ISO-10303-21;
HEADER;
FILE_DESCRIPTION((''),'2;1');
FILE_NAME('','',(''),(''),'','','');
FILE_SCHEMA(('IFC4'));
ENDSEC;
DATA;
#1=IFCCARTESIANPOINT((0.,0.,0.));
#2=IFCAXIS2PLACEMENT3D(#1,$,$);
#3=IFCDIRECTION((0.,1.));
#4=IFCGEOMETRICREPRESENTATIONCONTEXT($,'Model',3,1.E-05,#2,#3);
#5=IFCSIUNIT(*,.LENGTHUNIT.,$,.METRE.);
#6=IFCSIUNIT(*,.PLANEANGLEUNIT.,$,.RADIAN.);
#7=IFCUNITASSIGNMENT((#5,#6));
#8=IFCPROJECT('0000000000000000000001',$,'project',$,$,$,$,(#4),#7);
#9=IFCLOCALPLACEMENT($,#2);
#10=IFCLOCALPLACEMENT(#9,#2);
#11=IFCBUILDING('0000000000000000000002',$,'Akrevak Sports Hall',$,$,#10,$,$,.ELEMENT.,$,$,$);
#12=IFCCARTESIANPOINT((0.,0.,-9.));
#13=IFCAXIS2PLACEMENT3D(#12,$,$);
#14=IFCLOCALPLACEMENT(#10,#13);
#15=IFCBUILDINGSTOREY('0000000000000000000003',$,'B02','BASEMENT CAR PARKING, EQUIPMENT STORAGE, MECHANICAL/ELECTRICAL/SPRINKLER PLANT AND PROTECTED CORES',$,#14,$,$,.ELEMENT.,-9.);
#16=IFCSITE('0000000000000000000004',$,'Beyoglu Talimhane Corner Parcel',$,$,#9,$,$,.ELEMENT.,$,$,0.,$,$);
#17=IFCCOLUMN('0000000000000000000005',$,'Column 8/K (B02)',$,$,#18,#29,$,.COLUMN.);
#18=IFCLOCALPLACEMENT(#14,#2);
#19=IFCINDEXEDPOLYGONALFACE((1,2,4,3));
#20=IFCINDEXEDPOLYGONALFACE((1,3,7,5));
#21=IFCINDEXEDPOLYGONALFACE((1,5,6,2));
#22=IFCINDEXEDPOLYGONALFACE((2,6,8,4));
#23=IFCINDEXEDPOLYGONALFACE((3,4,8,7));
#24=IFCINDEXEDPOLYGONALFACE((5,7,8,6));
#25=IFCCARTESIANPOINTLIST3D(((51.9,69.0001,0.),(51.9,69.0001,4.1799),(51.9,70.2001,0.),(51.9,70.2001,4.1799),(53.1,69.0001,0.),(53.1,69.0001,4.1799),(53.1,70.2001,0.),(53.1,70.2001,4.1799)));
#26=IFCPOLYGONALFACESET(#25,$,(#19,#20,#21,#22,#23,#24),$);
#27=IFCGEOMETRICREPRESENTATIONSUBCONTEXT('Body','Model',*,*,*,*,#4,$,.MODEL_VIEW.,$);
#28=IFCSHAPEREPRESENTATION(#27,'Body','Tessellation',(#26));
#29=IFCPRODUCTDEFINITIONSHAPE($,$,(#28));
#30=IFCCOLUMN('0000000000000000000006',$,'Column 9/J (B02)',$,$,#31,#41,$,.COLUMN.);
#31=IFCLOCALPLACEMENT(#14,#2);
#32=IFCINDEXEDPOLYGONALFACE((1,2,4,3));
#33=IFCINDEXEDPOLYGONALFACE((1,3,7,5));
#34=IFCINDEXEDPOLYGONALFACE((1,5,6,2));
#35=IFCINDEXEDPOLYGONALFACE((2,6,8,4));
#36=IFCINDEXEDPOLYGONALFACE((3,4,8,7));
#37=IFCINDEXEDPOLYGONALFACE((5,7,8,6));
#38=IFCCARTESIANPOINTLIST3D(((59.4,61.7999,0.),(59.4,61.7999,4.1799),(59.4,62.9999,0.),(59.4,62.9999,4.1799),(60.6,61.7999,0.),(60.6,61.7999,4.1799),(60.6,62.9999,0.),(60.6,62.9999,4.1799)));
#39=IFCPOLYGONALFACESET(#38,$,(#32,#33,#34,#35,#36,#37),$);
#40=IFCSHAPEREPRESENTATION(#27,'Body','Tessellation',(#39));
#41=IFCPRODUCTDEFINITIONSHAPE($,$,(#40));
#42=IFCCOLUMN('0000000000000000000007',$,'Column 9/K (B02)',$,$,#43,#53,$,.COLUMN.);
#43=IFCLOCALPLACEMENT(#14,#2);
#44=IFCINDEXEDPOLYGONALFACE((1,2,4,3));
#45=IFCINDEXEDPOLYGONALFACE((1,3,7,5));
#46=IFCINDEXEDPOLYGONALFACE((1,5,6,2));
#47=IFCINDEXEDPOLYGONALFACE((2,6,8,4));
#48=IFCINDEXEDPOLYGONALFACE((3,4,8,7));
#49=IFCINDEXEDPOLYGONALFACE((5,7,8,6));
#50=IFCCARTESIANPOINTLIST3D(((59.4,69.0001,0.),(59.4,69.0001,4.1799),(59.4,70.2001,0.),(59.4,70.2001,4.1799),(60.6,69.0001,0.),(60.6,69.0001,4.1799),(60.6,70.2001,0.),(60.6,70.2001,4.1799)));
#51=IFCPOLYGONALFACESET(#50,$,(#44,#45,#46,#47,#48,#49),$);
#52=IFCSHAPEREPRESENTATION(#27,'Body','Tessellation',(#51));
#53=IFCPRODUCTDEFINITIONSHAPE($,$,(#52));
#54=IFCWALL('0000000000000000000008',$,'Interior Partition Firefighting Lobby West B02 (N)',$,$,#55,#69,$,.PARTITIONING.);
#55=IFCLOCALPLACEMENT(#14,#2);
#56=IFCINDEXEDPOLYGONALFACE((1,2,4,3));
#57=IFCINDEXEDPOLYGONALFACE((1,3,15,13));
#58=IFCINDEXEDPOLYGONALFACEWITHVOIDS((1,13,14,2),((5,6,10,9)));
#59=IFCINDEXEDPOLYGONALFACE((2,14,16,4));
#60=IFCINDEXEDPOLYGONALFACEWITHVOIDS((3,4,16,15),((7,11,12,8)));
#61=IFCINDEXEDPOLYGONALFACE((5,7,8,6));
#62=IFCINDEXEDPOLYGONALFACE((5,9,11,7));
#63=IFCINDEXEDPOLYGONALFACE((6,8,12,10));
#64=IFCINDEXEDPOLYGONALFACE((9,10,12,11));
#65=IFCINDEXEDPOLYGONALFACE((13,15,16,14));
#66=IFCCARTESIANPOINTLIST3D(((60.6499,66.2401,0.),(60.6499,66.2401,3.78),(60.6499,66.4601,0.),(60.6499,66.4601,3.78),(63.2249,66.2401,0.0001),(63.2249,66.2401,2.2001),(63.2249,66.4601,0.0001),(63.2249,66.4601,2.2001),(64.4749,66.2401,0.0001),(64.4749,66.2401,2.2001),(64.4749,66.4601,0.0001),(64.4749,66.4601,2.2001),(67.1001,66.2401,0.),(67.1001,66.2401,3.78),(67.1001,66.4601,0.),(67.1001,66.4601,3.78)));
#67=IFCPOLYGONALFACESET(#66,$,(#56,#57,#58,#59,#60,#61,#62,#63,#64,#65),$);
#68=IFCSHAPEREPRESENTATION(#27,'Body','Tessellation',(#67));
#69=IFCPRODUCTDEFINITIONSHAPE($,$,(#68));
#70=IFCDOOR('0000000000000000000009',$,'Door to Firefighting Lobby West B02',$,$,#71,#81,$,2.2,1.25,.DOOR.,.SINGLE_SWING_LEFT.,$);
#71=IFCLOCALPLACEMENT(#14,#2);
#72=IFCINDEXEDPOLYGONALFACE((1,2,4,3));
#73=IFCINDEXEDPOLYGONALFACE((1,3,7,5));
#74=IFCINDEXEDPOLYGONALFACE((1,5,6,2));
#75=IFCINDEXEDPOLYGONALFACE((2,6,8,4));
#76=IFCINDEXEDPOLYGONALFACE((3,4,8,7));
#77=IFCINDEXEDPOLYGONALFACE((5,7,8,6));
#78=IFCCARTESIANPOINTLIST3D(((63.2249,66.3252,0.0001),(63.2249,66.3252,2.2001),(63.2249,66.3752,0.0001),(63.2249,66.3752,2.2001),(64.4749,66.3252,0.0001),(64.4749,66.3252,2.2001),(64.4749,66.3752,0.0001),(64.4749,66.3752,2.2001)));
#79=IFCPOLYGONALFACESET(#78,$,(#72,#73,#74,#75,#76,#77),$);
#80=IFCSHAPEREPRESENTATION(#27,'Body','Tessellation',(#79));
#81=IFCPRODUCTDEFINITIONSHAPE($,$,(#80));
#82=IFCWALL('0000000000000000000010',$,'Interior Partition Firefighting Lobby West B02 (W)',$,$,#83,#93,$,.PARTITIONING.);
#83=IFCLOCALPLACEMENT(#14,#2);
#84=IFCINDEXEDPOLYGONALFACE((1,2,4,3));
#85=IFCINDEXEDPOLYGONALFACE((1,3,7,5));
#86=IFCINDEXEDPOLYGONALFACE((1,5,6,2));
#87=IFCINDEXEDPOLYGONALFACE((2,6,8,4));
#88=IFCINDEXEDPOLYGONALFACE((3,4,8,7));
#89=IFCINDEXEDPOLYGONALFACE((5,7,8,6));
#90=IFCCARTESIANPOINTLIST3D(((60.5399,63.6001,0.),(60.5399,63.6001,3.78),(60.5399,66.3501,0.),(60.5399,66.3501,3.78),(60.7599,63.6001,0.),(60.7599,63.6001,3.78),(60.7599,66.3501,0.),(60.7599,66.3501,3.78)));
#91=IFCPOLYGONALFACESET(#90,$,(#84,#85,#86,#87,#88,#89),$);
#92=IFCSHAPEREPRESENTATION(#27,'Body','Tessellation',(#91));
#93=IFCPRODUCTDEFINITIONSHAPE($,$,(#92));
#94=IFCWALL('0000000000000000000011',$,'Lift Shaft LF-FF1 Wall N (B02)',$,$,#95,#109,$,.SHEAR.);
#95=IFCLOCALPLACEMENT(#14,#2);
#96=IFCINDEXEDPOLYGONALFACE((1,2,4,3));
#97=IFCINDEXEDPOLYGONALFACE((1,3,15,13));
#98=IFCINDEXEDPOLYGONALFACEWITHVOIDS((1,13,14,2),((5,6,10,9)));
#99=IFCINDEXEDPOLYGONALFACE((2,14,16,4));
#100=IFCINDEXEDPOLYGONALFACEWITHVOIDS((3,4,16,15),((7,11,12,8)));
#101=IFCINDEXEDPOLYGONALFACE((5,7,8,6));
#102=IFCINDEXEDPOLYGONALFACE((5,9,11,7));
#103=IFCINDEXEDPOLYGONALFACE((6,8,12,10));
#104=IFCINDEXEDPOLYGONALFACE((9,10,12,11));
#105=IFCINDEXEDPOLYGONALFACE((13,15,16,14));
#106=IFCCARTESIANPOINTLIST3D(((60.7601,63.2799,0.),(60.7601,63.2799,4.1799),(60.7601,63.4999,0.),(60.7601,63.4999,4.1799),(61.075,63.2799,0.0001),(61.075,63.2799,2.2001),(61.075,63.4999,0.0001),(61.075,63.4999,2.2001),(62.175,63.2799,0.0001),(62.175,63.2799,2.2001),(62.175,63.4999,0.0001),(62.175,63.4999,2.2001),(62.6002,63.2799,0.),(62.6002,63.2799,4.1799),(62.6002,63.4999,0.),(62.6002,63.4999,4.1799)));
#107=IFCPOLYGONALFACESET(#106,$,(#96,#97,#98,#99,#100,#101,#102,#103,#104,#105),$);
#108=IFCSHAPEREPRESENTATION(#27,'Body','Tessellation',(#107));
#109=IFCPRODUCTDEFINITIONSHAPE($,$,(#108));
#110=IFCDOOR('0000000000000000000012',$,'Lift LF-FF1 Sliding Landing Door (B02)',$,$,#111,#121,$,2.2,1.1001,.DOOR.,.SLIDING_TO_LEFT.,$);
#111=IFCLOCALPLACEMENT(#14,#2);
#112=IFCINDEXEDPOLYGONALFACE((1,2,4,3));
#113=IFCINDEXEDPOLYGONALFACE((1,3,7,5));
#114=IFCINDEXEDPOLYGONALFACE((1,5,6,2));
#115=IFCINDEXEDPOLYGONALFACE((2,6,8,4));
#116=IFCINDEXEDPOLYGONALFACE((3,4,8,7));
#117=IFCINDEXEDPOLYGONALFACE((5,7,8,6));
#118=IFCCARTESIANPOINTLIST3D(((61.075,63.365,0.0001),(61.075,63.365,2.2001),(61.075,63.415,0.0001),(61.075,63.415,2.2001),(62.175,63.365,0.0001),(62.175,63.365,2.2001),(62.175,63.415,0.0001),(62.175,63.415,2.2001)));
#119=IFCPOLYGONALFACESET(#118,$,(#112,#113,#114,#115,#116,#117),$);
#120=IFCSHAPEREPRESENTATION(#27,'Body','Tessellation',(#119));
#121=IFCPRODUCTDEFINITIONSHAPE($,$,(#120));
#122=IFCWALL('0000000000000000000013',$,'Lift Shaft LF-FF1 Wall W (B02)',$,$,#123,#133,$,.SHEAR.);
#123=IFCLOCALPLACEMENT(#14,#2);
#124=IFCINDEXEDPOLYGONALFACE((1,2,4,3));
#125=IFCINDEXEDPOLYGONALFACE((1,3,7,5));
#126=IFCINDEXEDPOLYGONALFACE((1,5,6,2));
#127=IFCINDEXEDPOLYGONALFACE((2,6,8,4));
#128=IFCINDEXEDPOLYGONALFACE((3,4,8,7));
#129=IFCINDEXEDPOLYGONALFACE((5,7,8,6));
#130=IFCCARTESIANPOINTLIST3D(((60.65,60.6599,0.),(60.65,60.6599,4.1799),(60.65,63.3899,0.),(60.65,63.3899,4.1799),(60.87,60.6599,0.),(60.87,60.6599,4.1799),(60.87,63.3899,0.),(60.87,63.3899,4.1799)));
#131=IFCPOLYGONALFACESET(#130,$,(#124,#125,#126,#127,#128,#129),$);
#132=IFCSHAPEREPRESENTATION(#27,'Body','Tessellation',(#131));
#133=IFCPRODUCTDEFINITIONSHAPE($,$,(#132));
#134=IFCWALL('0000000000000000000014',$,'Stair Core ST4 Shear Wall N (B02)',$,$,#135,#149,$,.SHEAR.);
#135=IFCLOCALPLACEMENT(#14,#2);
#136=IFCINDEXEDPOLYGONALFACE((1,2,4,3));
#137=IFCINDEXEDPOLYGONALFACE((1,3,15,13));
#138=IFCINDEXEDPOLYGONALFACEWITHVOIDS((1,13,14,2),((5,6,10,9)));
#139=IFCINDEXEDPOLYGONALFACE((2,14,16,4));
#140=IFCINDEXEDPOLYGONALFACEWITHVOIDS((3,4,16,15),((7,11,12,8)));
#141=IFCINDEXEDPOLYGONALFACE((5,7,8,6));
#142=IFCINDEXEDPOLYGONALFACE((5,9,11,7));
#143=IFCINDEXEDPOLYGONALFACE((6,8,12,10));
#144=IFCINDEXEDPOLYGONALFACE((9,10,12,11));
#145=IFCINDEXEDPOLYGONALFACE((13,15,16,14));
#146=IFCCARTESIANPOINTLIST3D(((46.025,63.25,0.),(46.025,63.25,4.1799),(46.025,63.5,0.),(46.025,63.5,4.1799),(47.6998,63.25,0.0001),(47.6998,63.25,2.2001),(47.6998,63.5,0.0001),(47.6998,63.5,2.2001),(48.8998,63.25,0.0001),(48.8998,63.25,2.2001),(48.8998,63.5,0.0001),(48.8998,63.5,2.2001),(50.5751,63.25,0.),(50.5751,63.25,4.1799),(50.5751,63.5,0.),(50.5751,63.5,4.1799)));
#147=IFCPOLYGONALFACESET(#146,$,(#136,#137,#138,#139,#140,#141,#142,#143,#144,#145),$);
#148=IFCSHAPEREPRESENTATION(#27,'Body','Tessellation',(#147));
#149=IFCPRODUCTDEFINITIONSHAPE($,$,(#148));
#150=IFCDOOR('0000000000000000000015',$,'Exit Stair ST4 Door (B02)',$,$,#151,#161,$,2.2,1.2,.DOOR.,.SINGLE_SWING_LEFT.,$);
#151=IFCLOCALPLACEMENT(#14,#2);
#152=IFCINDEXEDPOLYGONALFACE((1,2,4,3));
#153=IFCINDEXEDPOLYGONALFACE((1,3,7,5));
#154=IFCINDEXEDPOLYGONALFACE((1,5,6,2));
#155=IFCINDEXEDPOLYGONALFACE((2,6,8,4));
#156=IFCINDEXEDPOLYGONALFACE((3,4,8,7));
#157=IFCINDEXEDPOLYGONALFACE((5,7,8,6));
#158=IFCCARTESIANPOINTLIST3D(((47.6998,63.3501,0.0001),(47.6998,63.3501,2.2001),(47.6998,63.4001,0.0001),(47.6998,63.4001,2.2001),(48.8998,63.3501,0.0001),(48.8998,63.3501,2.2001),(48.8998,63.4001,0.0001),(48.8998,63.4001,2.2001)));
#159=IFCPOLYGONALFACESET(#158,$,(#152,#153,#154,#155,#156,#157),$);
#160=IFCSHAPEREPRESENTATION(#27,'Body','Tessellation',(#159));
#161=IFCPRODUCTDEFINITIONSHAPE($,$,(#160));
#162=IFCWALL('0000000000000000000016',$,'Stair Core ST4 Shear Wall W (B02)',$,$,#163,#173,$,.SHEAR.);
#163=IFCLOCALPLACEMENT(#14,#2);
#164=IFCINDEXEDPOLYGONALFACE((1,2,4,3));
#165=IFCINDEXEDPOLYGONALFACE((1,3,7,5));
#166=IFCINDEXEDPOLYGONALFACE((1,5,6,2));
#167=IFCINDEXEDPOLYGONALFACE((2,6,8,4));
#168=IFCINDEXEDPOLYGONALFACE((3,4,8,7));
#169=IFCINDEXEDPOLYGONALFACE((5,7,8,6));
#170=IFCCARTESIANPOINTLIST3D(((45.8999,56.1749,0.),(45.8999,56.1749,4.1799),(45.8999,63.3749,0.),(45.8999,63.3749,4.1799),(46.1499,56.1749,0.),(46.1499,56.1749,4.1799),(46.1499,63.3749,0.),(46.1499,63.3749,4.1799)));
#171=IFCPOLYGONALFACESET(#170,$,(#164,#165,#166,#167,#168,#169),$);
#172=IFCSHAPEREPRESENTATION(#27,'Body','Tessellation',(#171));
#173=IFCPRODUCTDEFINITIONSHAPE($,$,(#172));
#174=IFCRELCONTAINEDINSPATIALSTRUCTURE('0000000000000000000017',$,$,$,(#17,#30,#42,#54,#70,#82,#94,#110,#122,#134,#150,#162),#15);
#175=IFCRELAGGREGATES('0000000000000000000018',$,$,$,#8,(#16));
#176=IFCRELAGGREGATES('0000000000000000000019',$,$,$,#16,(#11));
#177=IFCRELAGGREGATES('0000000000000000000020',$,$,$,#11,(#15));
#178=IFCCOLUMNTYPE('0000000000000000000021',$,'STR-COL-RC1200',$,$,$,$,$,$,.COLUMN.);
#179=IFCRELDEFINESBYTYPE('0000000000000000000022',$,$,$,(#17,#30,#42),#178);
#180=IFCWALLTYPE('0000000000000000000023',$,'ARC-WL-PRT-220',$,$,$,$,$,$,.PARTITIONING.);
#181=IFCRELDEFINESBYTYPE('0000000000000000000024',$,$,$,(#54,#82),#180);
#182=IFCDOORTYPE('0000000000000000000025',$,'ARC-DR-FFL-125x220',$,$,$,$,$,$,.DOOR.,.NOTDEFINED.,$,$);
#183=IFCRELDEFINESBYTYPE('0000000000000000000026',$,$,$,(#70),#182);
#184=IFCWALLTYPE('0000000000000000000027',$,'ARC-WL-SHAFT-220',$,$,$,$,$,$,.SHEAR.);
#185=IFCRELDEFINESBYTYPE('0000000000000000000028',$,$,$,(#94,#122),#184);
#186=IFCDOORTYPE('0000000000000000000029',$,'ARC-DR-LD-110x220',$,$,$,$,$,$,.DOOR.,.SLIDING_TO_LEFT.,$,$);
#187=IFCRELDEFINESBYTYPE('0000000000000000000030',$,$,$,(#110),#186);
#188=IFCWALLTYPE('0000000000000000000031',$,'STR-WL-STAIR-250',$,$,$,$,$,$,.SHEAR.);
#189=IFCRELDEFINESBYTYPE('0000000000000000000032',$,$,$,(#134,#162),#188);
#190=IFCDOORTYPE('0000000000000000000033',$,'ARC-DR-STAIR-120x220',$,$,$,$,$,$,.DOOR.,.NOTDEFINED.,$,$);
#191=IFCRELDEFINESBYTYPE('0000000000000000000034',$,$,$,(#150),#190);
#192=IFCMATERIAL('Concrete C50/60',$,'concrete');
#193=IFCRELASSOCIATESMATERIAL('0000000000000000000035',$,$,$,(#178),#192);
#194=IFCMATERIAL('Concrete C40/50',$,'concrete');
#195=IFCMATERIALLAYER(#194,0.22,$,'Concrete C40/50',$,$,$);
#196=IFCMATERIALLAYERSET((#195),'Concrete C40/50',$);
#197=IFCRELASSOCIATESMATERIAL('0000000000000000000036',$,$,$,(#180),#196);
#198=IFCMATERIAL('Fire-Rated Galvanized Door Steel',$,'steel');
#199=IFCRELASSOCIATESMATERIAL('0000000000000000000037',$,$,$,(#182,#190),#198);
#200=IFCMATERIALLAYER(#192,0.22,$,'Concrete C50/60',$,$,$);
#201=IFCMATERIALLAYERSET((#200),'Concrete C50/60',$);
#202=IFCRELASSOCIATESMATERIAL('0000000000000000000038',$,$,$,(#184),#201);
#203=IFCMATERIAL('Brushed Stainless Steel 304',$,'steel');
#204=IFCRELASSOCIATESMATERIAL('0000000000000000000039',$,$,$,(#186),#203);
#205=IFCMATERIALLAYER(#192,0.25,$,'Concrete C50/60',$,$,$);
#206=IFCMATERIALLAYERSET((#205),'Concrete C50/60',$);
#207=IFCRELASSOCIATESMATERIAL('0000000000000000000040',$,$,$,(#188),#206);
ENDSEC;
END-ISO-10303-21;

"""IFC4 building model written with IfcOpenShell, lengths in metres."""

from ifc_helpers import new_model, si_unit, direction, frame, frame_2d, origin, origin_2d, place, context, subcontext, project, spatial, rectangle, extrude, material, layer, layer_set, material_profile, profile_set, type_object, element, fill, save


model = new_model("IFC4")

# Units and contexts
model_context = context("Model", 3, precision=1e-05, world=origin(), true_north=direction((0.0, 1.0)))
body_context = subcontext(model_context, "Body", "Model", "MODEL_VIEW")
ifc_project = project(units=[si_unit("LENGTHUNIT", "METRE"), si_unit("PLANEANGLEUNIT", "RADIAN")], contexts=[model_context])

# Site, building, storey
site_placement = place(None, origin())
site = spatial("IfcSite", under=ifc_project, at=site_placement, Name="Beyoglu Talimhane Corner Parcel", CompositionType="ELEMENT", RefElevation=0.0)
building_placement = place(site_placement, origin())
building = spatial("IfcBuilding", under=site, at=building_placement, Name="Akrevak Sports Hall", CompositionType="ELEMENT")
storey_placement = place(building_placement, frame((0.0, 0.0, -9.0)))
storey = spatial("IfcBuildingStorey", under=building, at=storey_placement, Name="B02", Description="BASEMENT CAR PARKING, EQUIPMENT STORAGE, MECHANICAL/ELECTRICAL/SPRINKLER PLANT AND PROTECTED CORES", CompositionType="ELEMENT", Elevation=-9.0)

# Shared definitions
ifc_material_1 = material(Name="Concrete C40/50", Category="concrete")

# Columns
ifc_material_2 = material(Name="Concrete C50/60", Category="concrete")
ifc_material_profile_1 = material_profile(ifc_material_2, rectangle(XDim=1.2, YDim=1.2, at=origin_2d()), Name="RC 1200x1200", Category="concrete")
ifc_profile_set_1 = profile_set([ifc_material_profile_1], Name="Concrete C50/60")
column_type = type_object("IfcColumnType", Name="STR-COL-RC1200", PredefinedType="COLUMN", material=ifc_profile_set_1)
for number, where, z_axis, x_axis, name in (
    (1, (52.5, 69.6001, 0.0), (0.0, 0.0, 1.0), (1.0, 0.0, 0.0), "Column 8/K (B02)"),
    (2, (60.0, 62.3999, 0.0), (0.0, 0.0, 1.0), (1.0, 0.0, 0.0), "Column 9/J (B02)"),
    (3, (60.0, 69.6001, 0.0), (0.0, 0.0, 1.0), (1.0, 0.0, 0.0), "Column 9/K (B02)"),
):
    element("IfcColumn", number, at=place(storey_placement, frame(where, z_axis=z_axis, x_axis=x_axis)), inside=storey, type_object=column_type, Name=name, PredefinedType="COLUMN", context=body_context, shape_type="SweptSolid", body=[
        extrude(rectangle(XDim=1.2, YDim=1.2, at=origin_2d()), origin(), (0.0, 0.0, 1.0), 4.1799),
    ])

# Wall, opening, door
ifc_layer_1 = layer(ifc_material_1, 0.22, Name="Concrete C40/50")
ifc_layer_set_1 = layer_set([ifc_layer_1], Name="Concrete C40/50")
wall_type_1 = type_object("IfcWallType", Name="ARC-WL-PRT-220", PredefinedType="PARTITIONING", material=ifc_layer_set_1)
wall_1_placement = place(storey_placement, frame((60.6499, 66.3501, 0.0), z_axis=(0.0, 0.0, 1.0), x_axis=(1.0, 0.0, 0.0)))
wall_1 = element("IfcWall", 4, at=wall_1_placement, inside=storey, type_object=wall_type_1, Name="Interior Partition Firefighting Lobby West B02 (N)", PredefinedType="PARTITIONING", context=body_context, shape_type="SweptSolid", body=[
    extrude(rectangle(XDim=6.4502, YDim=0.22, at=frame_2d((3.2251, 0.0))), origin(), (0.0, 0.0, 1.0), 3.78),
])
opening_1_placement = place(wall_1_placement, frame((2.575, 0.0, 0.0)))
opening_1 = element("IfcOpeningElement", 5, at=opening_1_placement, cuts=wall_1, PredefinedType="OPENING", context=body_context, shape_type="SweptSolid", body=[
    extrude(rectangle(XDim=1.25, YDim=2.2, at=frame_2d((0.625, 1.1001))), frame((0.0, 0.1221, 0.0), z_axis=(0.0, -1.0, 0.0), x_axis=(1.0, 0.0, 0.0)), (0.0, 0.0, 1.0), 0.2439),
])
ifc_material_3 = material(Name="Fire-Rated Galvanized Door Steel", Category="steel")
door_type_1 = type_object("IfcDoorType", Name="ARC-DR-FFL-125x220", OperationType="NOTDEFINED", PredefinedType="DOOR", material=ifc_material_3)
door_1_placement = place(opening_1_placement, frame((1.25, 0.0, 0.0), z_axis=(0.0, 0.0, 1.0), x_axis=(-1.0, 0.0, 0.0)))
door_1 = element("IfcDoor", 6, at=door_1_placement, inside=storey, type_object=door_type_1, Name="Door to Firefighting Lobby West B02", OperationType="SINGLE_SWING_LEFT", OverallHeight=2.2, OverallWidth=1.25, PredefinedType="DOOR", context=body_context, shape_type="SweptSolid", body=[
    extrude(rectangle(XDim=1.25, YDim=2.2, at=frame_2d((0.625, 1.1001))), frame((0.0, 0.0249, 0.0), z_axis=(0.0, -1.0, 0.0), x_axis=(1.0, 0.0, 0.0)), (0.0, 0.0, 1.0), 0.05),
])
fill(opening_1, door_1)

# Wall
wall_2_placement = place(storey_placement, frame((60.6499, 63.6001, 0.0), z_axis=(0.0, 0.0, 1.0), x_axis=(0.0, 1.0, 0.0)))
element("IfcWall", 7, at=wall_2_placement, inside=storey, type_object=wall_type_1, Name="Interior Partition Firefighting Lobby West B02 (W)", PredefinedType="PARTITIONING", context=body_context, shape_type="SweptSolid", body=[
    extrude(rectangle(XDim=2.75, YDim=0.22, at=frame_2d((1.375, 0.0))), origin(), (0.0, 0.0, 1.0), 3.78),
])

# Wall, opening, door
ifc_layer_2 = layer(ifc_material_2, 0.22, Name="Concrete C50/60")
ifc_layer_set_2 = layer_set([ifc_layer_2], Name="Concrete C50/60")
wall_type_2 = type_object("IfcWallType", Name="ARC-WL-SHAFT-220", PredefinedType="SHEAR", material=ifc_layer_set_2)
wall_3_placement = place(storey_placement, frame((62.6001, 63.3899, 0.0), z_axis=(0.0, 0.0, 1.0), x_axis=(-1.0, 0.0, 0.0)))
wall_3 = element("IfcWall", 8, at=wall_3_placement, inside=storey, type_object=wall_type_2, Name="Lift Shaft LF-FF1 Wall N (B02)", PredefinedType="SHEAR", context=body_context, shape_type="SweptSolid", body=[
    extrude(rectangle(XDim=1.8401, YDim=0.22, at=frame_2d((0.9199, 0.0))), origin(), (0.0, 0.0, 1.0), 4.1799),
])
opening_2_placement = place(wall_3_placement, frame((0.425, 0.0, 0.0)))
opening_2 = element("IfcOpeningElement", 9, at=opening_2_placement, cuts=wall_3, PredefinedType="OPENING", context=body_context, shape_type="SweptSolid", body=[
    extrude(rectangle(XDim=1.1001, YDim=2.2, at=frame_2d((0.55, 1.1001))), frame((0.0, 0.1221, 0.0), z_axis=(0.0, -1.0, 0.0), x_axis=(1.0, 0.0, 0.0)), (0.0, 0.0, 1.0), 0.2439),
])
ifc_material_4 = material(Name="Brushed Stainless Steel 304", Category="steel")
door_type_2 = type_object("IfcDoorType", Name="ARC-DR-LD-110x220", OperationType="SLIDING_TO_LEFT", PredefinedType="DOOR", material=ifc_material_4)
door_2_placement = place(opening_2_placement, origin())
door_2 = element("IfcDoor", 10, at=door_2_placement, inside=storey, type_object=door_type_2, Name="Lift LF-FF1 Sliding Landing Door (B02)", OperationType="SLIDING_TO_LEFT", OverallHeight=2.2, OverallWidth=1.1001, PredefinedType="DOOR", context=body_context, shape_type="SweptSolid", body=[
    extrude(rectangle(XDim=1.1001, YDim=2.2, at=frame_2d((0.55, 1.1001))), frame((0.0, 0.0249, 0.0), z_axis=(0.0, -1.0, 0.0), x_axis=(1.0, 0.0, 0.0)), (0.0, 0.0, 1.0), 0.05),
])
fill(opening_2, door_2)

# Wall
wall_4_placement = place(storey_placement, frame((60.76, 63.3899, 0.0), z_axis=(0.0, 0.0, 1.0), x_axis=(0.0, -1.0, 0.0)))
element("IfcWall", 11, at=wall_4_placement, inside=storey, type_object=wall_type_2, Name="Lift Shaft LF-FF1 Wall W (B02)", PredefinedType="SHEAR", context=body_context, shape_type="SweptSolid", body=[
    extrude(rectangle(XDim=2.73, YDim=0.22, at=frame_2d((1.365, 0.0))), origin(), (0.0, 0.0, 1.0), 4.1799),
])

# Wall, opening, door
ifc_layer_3 = layer(ifc_material_2, 0.25, Name="Concrete C50/60")
ifc_layer_set_3 = layer_set([ifc_layer_3], Name="Concrete C50/60")
wall_type_3 = type_object("IfcWallType", Name="STR-WL-STAIR-250", PredefinedType="SHEAR", material=ifc_layer_set_3)
wall_5_placement = place(storey_placement, frame((50.575, 63.375, 0.0), z_axis=(0.0, 0.0, 1.0), x_axis=(-1.0, 0.0, 0.0)))
wall_5 = element("IfcWall", 12, at=wall_5_placement, inside=storey, type_object=wall_type_3, Name="Stair Core ST4 Shear Wall N (B02)", PredefinedType="SHEAR", context=body_context, shape_type="SweptSolid", body=[
    extrude(rectangle(XDim=4.55, YDim=0.25, at=frame_2d((2.2749, 0.0))), origin(), (0.0, 0.0, 1.0), 4.1799),
])
opening_3_placement = place(wall_5_placement, frame((1.675, 0.0, 0.0)))
opening_3 = element("IfcOpeningElement", 13, at=opening_3_placement, cuts=wall_5, PredefinedType="OPENING", context=body_context, shape_type="SweptSolid", body=[
    extrude(rectangle(XDim=1.2, YDim=2.2, at=frame_2d((0.6001, 1.1001))), frame((0.0, 0.137, 0.0), z_axis=(0.0, -1.0, 0.0), x_axis=(1.0, 0.0, 0.0)), (0.0, 0.0, 1.0), 0.2739),
])
door_type_3 = type_object("IfcDoorType", Name="ARC-DR-STAIR-120x220", OperationType="NOTDEFINED", PredefinedType="DOOR", material=ifc_material_3)
door_3_placement = place(opening_3_placement, origin())
door_3 = element("IfcDoor", 14, at=door_3_placement, inside=storey, type_object=door_type_3, Name="Exit Stair ST4 Door (B02)", OperationType="SINGLE_SWING_LEFT", OverallHeight=2.2, OverallWidth=1.2, PredefinedType="DOOR", context=body_context, shape_type="SweptSolid", body=[
    extrude(rectangle(XDim=1.2, YDim=2.2, at=frame_2d((0.6001, 1.1001))), frame((0.0, 0.0249, 0.0), z_axis=(0.0, -1.0, 0.0), x_axis=(1.0, 0.0, 0.0)), (0.0, 0.0, 1.0), 0.05),
])
fill(opening_3, door_3)

# Wall
wall_6_placement = place(storey_placement, frame((46.0249, 63.375, 0.0), z_axis=(0.0, 0.0, 1.0), x_axis=(0.0, -1.0, 0.0)))
element("IfcWall", 15, at=wall_6_placement, inside=storey, type_object=wall_type_3, Name="Stair Core ST4 Shear Wall W (B02)", PredefinedType="SHEAR", context=body_context, shape_type="SweptSolid", body=[
    extrude(rectangle(XDim=7.2, YDim=0.25, at=frame_2d((3.6001, 0.0))), origin(), (0.0, 0.0, 1.0), 4.1799),
])

save(model, "model.ifc")
